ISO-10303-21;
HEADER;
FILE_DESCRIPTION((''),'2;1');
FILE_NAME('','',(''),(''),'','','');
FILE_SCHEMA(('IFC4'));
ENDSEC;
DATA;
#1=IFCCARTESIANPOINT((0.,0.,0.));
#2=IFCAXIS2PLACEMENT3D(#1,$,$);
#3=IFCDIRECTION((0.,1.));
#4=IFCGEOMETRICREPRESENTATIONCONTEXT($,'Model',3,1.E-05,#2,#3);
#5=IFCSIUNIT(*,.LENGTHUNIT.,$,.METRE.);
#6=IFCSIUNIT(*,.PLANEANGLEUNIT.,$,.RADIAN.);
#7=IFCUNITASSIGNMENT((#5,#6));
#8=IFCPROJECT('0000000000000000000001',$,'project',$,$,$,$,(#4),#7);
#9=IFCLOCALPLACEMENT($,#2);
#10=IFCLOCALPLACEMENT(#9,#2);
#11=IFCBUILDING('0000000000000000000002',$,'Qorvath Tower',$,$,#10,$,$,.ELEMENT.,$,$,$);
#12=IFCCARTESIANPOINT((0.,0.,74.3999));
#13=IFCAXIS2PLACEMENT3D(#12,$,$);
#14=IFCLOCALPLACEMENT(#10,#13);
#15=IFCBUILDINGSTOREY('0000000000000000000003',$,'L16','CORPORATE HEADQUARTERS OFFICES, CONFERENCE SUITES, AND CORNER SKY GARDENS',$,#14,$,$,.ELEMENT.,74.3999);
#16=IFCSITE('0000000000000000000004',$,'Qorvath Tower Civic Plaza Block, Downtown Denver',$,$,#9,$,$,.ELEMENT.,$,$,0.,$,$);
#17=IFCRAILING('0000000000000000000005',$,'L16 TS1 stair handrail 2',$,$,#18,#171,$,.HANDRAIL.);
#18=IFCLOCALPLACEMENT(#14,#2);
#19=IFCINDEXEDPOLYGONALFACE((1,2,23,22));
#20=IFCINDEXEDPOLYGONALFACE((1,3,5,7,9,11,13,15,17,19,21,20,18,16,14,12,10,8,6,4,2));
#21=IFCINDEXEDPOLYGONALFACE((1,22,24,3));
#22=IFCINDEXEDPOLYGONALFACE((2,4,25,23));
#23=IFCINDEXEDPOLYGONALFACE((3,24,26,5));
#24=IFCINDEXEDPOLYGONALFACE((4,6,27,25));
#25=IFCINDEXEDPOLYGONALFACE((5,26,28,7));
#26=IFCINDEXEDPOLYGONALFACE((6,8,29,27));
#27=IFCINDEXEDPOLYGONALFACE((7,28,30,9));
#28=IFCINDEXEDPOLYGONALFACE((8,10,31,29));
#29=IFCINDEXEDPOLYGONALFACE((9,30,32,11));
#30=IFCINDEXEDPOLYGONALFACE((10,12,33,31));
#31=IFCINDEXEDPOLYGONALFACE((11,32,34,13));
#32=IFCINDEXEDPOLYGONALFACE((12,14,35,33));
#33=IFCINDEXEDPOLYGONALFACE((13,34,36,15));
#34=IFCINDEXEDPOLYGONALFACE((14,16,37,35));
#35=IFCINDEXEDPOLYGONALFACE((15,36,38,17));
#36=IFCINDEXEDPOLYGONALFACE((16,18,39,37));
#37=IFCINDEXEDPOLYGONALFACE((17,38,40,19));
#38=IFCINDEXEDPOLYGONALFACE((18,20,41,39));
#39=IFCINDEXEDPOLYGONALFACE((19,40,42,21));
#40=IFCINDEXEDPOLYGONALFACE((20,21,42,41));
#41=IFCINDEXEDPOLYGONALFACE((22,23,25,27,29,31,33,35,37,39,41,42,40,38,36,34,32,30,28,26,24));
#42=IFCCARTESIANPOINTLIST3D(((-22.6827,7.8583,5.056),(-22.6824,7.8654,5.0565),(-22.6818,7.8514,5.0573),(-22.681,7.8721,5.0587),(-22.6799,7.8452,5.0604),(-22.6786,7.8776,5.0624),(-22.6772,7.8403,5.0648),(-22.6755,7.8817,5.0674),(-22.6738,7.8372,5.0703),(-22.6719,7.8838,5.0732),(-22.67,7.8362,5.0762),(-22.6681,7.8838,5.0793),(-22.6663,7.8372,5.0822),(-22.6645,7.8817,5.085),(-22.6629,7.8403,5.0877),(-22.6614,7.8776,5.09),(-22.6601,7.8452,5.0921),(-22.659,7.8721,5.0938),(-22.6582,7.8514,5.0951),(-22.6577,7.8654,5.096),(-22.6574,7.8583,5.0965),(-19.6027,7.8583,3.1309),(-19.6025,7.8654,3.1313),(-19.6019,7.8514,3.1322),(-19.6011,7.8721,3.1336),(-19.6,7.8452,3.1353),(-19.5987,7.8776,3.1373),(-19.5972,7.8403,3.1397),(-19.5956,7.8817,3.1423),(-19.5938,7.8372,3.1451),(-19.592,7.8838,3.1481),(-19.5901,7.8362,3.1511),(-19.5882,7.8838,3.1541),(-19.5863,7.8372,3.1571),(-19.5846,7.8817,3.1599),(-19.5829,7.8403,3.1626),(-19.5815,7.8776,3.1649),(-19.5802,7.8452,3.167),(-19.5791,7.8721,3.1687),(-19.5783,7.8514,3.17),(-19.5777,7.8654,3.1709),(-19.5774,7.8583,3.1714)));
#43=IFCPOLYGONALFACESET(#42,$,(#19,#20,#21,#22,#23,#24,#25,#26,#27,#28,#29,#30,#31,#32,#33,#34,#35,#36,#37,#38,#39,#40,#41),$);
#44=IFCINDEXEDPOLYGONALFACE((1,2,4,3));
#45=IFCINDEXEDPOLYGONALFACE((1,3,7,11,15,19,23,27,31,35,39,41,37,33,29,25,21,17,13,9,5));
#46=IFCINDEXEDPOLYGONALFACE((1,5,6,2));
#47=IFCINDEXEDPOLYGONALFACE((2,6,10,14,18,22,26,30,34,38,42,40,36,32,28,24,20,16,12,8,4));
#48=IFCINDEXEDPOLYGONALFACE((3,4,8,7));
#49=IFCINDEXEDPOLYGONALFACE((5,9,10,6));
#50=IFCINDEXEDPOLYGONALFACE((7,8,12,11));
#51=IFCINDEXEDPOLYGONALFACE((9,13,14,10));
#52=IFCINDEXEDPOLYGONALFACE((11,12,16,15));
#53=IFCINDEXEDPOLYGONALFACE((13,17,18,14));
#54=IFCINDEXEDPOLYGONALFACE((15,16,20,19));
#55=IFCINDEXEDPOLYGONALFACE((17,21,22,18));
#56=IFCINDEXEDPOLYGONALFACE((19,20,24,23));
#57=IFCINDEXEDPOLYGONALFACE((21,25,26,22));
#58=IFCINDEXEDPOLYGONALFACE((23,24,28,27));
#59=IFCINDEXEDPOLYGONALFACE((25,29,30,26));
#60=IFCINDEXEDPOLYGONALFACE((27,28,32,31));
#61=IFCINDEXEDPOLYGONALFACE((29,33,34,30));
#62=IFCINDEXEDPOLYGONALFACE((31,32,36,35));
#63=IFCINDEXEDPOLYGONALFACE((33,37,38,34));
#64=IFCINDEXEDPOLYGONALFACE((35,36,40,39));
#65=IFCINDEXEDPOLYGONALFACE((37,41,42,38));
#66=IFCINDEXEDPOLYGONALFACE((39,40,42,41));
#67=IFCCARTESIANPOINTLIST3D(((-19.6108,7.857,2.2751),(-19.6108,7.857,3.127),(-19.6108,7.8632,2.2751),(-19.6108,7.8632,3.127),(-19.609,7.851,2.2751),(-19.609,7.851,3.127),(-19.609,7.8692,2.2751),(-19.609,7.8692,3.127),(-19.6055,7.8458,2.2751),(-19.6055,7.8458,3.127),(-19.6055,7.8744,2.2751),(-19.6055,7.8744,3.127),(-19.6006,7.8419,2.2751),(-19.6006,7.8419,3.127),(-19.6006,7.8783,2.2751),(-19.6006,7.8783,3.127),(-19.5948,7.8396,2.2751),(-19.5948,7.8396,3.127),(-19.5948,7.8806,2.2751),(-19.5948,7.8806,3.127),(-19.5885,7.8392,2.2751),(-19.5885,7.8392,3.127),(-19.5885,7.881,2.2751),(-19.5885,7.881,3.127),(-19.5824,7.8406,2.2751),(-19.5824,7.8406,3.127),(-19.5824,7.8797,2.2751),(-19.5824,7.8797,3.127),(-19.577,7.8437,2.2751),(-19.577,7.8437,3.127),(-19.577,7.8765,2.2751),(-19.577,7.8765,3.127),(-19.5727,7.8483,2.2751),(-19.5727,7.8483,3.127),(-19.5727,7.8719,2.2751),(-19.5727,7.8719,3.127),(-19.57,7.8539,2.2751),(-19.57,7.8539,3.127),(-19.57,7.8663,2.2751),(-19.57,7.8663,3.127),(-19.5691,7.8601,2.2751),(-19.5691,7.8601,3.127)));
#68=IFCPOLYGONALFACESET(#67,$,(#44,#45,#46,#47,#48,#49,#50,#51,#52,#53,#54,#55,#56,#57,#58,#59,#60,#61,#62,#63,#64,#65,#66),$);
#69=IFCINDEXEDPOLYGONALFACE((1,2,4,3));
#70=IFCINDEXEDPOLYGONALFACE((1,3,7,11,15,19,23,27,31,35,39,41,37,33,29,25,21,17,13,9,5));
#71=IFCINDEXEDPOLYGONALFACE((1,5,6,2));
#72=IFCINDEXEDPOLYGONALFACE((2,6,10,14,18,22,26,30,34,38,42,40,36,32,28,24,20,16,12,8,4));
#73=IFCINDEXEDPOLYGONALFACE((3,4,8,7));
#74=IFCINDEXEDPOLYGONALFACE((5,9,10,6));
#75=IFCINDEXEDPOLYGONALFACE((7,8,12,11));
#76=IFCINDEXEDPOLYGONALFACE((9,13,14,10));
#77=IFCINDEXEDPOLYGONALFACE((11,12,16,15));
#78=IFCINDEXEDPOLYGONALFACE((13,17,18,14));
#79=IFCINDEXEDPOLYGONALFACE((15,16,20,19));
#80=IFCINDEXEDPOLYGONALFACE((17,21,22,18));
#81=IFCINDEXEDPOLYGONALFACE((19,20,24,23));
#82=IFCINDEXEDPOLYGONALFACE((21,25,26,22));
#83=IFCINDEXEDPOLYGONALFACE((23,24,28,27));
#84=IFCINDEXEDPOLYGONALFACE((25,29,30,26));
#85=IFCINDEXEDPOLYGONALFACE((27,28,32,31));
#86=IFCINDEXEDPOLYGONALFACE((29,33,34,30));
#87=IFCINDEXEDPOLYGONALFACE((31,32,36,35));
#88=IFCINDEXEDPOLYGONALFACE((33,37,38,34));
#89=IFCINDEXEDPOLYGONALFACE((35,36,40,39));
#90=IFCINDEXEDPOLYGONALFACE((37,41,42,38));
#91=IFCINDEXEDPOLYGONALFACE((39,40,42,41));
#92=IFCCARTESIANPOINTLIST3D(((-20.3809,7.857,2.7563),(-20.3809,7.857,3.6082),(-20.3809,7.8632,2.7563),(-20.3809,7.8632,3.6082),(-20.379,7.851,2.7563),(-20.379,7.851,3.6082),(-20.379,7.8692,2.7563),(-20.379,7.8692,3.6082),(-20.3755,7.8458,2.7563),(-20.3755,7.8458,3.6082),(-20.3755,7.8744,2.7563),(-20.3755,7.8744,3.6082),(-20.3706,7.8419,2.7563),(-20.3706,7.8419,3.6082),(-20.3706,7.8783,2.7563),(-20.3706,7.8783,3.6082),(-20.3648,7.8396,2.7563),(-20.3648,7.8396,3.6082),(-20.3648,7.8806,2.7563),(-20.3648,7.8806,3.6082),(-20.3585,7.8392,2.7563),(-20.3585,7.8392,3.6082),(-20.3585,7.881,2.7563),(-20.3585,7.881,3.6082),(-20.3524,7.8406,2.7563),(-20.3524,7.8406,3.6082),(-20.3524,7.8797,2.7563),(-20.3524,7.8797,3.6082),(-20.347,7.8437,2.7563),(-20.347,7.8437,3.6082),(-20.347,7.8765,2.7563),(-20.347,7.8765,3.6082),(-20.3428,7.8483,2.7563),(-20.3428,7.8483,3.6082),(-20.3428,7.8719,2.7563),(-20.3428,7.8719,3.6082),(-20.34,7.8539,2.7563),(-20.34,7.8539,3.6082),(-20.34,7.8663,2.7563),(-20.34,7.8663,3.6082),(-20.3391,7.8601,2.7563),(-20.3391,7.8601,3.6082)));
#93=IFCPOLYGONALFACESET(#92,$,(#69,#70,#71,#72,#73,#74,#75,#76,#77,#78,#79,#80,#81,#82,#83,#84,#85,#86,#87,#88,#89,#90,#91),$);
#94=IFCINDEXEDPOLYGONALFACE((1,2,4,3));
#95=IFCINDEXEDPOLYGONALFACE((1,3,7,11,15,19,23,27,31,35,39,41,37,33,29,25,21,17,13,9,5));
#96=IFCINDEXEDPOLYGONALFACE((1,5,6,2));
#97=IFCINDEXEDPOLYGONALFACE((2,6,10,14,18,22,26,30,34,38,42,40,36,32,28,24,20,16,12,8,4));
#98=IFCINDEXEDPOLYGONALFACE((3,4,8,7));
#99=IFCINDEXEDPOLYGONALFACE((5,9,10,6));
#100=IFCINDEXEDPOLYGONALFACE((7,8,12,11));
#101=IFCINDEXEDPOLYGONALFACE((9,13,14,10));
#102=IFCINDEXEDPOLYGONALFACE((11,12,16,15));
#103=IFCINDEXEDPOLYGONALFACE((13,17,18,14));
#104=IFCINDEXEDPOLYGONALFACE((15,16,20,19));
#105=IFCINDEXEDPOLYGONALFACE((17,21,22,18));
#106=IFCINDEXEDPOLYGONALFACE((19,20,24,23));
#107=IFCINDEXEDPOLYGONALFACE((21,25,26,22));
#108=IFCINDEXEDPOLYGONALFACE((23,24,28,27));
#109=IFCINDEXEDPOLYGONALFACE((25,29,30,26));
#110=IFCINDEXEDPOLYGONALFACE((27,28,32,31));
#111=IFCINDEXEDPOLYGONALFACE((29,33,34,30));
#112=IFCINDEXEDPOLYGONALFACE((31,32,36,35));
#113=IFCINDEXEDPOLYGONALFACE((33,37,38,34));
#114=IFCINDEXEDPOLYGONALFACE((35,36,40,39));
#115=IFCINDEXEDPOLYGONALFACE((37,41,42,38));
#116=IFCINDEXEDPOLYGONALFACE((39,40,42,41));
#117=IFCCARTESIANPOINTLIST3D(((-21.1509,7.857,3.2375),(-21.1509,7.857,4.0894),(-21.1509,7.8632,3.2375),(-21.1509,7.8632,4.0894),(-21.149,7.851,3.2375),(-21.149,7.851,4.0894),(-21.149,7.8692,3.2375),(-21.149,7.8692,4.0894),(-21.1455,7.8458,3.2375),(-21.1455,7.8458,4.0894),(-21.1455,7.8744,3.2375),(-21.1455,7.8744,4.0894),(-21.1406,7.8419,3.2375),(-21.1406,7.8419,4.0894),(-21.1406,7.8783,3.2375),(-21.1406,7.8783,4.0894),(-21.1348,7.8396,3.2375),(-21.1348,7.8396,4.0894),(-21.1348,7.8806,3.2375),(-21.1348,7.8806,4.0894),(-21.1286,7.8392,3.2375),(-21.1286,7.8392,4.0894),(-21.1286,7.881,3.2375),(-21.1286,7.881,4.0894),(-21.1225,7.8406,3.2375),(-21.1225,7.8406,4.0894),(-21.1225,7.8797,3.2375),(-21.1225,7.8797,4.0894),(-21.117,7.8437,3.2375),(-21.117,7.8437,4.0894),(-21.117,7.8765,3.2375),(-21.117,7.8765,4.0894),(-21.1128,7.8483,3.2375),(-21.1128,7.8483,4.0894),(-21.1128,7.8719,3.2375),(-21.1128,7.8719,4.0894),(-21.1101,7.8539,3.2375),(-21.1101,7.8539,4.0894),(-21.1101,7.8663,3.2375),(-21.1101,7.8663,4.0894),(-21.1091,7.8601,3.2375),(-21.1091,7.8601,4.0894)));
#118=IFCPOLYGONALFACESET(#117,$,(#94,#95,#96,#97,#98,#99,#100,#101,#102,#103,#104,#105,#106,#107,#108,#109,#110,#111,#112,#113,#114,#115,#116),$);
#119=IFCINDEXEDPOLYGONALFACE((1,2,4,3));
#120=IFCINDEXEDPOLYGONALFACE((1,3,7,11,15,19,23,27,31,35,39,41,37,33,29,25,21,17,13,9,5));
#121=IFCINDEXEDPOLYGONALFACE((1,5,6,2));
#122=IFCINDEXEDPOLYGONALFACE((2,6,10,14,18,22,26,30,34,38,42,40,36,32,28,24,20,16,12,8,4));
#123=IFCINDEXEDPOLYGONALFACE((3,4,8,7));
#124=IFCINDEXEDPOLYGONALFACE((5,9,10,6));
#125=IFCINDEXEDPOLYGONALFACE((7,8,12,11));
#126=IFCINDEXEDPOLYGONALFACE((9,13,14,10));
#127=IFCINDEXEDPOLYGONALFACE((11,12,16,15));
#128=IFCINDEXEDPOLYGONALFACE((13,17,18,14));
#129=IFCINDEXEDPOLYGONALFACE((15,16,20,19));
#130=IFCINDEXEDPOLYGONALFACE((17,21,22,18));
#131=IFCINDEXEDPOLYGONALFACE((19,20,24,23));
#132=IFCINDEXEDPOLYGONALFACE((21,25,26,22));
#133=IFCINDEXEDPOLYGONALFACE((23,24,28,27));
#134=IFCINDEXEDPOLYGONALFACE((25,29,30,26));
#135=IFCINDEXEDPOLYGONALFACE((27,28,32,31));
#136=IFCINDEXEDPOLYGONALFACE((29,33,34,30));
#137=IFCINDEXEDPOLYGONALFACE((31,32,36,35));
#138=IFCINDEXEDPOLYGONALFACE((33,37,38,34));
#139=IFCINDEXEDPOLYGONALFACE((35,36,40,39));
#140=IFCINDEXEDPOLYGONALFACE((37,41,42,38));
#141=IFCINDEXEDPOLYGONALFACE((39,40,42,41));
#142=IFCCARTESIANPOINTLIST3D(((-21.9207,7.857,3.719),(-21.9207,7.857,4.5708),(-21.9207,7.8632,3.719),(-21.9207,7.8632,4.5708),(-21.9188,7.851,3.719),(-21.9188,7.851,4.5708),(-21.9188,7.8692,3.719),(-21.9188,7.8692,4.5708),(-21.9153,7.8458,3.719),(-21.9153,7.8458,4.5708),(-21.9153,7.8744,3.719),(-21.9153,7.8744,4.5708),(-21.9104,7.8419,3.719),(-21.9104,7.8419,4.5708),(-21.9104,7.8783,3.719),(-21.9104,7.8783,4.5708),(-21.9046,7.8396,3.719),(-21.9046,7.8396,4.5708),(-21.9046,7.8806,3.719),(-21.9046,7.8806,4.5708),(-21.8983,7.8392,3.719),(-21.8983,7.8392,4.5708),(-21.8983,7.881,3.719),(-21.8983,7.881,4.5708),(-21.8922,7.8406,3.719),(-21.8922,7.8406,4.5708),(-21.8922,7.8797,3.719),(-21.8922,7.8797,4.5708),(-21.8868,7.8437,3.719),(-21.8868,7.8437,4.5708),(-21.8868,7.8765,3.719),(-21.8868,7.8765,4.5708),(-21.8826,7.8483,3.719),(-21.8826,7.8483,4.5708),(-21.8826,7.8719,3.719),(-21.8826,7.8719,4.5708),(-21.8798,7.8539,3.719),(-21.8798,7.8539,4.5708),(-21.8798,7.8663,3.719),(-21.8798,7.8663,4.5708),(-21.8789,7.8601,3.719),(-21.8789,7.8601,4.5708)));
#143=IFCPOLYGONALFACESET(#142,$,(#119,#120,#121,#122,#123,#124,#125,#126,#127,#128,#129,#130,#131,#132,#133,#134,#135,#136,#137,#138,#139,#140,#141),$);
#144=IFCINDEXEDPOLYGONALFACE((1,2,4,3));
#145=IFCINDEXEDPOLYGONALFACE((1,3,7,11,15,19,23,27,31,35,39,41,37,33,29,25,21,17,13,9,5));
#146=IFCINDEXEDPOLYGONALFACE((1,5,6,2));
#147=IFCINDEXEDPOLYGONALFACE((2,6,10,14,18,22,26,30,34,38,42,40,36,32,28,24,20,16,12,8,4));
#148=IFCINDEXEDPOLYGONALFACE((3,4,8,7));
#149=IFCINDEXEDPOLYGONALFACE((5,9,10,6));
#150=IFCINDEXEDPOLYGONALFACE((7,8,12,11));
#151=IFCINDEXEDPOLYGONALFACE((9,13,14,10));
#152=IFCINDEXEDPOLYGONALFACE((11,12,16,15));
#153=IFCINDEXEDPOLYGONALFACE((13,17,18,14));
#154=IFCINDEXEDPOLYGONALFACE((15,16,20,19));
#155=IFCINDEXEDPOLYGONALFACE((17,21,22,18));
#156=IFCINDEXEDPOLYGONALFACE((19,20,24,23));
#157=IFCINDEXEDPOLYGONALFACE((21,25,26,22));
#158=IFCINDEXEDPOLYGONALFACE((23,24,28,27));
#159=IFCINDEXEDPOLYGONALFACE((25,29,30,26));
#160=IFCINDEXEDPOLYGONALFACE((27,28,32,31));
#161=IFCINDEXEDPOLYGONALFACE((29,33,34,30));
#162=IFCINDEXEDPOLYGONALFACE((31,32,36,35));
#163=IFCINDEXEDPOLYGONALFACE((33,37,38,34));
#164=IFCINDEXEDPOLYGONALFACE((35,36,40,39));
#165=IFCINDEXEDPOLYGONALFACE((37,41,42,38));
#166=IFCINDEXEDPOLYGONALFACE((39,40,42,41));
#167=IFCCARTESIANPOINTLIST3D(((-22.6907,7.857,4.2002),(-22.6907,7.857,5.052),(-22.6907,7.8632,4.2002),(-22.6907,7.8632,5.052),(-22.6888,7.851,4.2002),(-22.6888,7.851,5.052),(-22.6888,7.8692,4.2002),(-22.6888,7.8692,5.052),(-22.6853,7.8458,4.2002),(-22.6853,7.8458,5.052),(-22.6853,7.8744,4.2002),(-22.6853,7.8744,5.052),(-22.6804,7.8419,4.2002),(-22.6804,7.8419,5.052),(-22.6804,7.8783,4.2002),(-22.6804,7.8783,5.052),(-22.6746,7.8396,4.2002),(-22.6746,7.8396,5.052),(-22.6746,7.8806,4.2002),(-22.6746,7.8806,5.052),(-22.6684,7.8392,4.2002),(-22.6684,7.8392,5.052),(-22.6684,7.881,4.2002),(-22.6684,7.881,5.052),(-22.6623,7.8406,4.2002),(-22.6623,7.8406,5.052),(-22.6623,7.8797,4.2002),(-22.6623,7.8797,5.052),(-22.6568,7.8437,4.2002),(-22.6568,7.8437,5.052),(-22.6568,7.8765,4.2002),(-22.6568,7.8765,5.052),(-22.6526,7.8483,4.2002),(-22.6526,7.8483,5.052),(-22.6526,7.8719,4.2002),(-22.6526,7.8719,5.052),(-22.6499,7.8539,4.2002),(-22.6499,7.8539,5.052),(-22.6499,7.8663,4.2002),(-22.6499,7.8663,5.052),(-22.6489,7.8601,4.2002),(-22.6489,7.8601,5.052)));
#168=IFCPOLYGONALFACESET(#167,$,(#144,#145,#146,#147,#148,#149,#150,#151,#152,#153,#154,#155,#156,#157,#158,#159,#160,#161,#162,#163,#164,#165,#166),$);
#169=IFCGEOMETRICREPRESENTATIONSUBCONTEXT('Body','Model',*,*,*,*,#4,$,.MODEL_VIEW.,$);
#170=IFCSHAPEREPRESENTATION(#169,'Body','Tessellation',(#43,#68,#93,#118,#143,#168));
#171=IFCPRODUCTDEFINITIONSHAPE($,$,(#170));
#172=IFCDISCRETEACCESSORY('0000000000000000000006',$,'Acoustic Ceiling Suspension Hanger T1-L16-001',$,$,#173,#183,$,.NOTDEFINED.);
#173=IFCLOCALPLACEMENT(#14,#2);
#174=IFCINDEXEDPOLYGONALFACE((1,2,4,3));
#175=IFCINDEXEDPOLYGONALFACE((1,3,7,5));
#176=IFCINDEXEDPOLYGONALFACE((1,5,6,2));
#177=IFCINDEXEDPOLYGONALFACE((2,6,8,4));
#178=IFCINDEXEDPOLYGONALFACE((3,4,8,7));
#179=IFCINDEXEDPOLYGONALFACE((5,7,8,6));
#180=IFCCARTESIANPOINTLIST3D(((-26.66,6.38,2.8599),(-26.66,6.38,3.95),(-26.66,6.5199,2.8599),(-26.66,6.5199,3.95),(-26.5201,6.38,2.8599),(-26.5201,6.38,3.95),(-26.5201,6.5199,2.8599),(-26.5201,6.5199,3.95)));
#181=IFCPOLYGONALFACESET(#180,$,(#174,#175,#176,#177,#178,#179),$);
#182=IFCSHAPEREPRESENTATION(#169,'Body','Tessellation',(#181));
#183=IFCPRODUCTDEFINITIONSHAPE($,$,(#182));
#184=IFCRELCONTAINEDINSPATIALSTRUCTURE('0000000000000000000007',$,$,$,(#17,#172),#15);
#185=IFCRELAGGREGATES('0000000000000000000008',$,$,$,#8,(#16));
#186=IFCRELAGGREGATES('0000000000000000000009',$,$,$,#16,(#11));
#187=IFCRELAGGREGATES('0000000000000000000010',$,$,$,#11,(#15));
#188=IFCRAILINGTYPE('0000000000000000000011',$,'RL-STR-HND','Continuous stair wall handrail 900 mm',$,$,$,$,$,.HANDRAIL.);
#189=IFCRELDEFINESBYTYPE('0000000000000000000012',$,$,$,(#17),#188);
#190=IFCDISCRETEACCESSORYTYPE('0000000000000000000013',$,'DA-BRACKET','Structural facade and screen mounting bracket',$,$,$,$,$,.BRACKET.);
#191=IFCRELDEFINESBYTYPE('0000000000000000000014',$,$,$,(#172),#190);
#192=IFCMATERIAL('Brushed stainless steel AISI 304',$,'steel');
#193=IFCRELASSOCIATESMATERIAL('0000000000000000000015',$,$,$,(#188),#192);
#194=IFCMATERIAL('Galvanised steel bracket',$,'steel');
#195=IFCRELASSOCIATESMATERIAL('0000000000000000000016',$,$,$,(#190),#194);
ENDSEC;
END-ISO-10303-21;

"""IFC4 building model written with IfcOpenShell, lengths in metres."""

from ifc_helpers import new_model, si_unit, direction, frame, origin, origin_2d, place, context, subcontext, project, spatial, rectangle, circle, extrude, material, type_object, element, save


model = new_model("IFC4")

# Units and contexts
model_context = context("Model", 3, precision=1e-05, world=origin(), true_north=direction((0.0, 1.0)))
body_context = subcontext(model_context, "Body", "Model", "MODEL_VIEW")
ifc_project = project(units=[si_unit("LENGTHUNIT", "METRE"), si_unit("PLANEANGLEUNIT", "RADIAN")], contexts=[model_context])

# Site, building, storey
site_placement = place(None, origin())
site = spatial("IfcSite", under=ifc_project, at=site_placement, Name="Qorvath Tower Civic Plaza Block, Downtown Denver", CompositionType="ELEMENT", RefElevation=0.0)
building_placement = place(site_placement, origin())
building = spatial("IfcBuilding", under=site, at=building_placement, Name="Qorvath Tower", CompositionType="ELEMENT")
storey_placement = place(building_placement, frame((0.0, 0.0, 74.3999)))
storey = spatial("IfcBuildingStorey", under=building, at=storey_placement, Name="L16", Description="CORPORATE HEADQUARTERS OFFICES, CONFERENCE SUITES, AND CORNER SKY GARDENS", CompositionType="ELEMENT", Elevation=74.3999)

# Railing
ifc_material_1 = material(Name="Brushed stainless steel AISI 304", Category="steel")
railing_type_1 = type_object("IfcRailingType", Name="RL-STR-HND", Description="Continuous stair wall handrail 900 mm", PredefinedType="HANDRAIL", material=ifc_material_1)
railing_1_placement = place(storey_placement, frame((-19.5901, 7.8601, 2.2751)))
element("IfcRailing", 1, at=railing_1_placement, inside=storey, type_object=railing_type_1, Name="L16 TS1 stair handrail 2", PredefinedType="HANDRAIL", context=body_context, shape_type="SweptSolid", body=[
    extrude(circle(Radius=0.0239, at=origin_2d()), frame((0.0, 0.0, 0.876), z_axis=(-0.847979, 0.0, 0.530029), x_axis=(0.0, -1.0, 0.0)), (0.0, 0.0, 1.0), 3.6321),
    extrude(circle(Radius=0.021, at=origin_2d()), origin(), (0.0, 0.0, 1.0), 0.8518),
    extrude(circle(Radius=0.021, at=origin_2d()), frame((-0.77, 0.0, 0.4812)), (0.0, 0.0, 1.0), 0.8518),
    extrude(circle(Radius=0.021, at=origin_2d()), frame((-1.54, 0.0, 0.9624)), (0.0, 0.0, 1.0), 0.8518),
    extrude(circle(Radius=0.021, at=origin_2d()), frame((-2.3098, 0.0, 1.4438)), (0.0, 0.0, 1.0), 0.8518),
    extrude(circle(Radius=0.021, at=origin_2d()), frame((-3.0798, 0.0, 1.925)), (0.0, 0.0, 1.0), 0.8518),
])

# Discrete accessory
ifc_material_2 = material(Name="Galvanised steel bracket", Category="steel")
discrete_accessory_type = type_object("IfcDiscreteAccessoryType", Name="DA-BRACKET", Description="Structural facade and screen mounting bracket", PredefinedType="BRACKET", material=ifc_material_2)
discrete_accessory_placement = place(storey_placement, frame((-26.5901, 6.45, 2.8599), z_axis=(0.0, 0.0, 1.0), x_axis=(1.0, 0.0, 0.0)))
element("IfcDiscreteAccessory", 2, at=discrete_accessory_placement, inside=storey, type_object=discrete_accessory_type, Name="Acoustic Ceiling Suspension Hanger T1-L16-001", PredefinedType="NOTDEFINED", context=body_context, shape_type="SweptSolid", body=[
    extrude(rectangle(XDim=0.1399, YDim=0.1399, at=origin_2d()), origin(), (0.0, 0.0, 1.0), 1.0901),
])

save(model, "model.ifc")
